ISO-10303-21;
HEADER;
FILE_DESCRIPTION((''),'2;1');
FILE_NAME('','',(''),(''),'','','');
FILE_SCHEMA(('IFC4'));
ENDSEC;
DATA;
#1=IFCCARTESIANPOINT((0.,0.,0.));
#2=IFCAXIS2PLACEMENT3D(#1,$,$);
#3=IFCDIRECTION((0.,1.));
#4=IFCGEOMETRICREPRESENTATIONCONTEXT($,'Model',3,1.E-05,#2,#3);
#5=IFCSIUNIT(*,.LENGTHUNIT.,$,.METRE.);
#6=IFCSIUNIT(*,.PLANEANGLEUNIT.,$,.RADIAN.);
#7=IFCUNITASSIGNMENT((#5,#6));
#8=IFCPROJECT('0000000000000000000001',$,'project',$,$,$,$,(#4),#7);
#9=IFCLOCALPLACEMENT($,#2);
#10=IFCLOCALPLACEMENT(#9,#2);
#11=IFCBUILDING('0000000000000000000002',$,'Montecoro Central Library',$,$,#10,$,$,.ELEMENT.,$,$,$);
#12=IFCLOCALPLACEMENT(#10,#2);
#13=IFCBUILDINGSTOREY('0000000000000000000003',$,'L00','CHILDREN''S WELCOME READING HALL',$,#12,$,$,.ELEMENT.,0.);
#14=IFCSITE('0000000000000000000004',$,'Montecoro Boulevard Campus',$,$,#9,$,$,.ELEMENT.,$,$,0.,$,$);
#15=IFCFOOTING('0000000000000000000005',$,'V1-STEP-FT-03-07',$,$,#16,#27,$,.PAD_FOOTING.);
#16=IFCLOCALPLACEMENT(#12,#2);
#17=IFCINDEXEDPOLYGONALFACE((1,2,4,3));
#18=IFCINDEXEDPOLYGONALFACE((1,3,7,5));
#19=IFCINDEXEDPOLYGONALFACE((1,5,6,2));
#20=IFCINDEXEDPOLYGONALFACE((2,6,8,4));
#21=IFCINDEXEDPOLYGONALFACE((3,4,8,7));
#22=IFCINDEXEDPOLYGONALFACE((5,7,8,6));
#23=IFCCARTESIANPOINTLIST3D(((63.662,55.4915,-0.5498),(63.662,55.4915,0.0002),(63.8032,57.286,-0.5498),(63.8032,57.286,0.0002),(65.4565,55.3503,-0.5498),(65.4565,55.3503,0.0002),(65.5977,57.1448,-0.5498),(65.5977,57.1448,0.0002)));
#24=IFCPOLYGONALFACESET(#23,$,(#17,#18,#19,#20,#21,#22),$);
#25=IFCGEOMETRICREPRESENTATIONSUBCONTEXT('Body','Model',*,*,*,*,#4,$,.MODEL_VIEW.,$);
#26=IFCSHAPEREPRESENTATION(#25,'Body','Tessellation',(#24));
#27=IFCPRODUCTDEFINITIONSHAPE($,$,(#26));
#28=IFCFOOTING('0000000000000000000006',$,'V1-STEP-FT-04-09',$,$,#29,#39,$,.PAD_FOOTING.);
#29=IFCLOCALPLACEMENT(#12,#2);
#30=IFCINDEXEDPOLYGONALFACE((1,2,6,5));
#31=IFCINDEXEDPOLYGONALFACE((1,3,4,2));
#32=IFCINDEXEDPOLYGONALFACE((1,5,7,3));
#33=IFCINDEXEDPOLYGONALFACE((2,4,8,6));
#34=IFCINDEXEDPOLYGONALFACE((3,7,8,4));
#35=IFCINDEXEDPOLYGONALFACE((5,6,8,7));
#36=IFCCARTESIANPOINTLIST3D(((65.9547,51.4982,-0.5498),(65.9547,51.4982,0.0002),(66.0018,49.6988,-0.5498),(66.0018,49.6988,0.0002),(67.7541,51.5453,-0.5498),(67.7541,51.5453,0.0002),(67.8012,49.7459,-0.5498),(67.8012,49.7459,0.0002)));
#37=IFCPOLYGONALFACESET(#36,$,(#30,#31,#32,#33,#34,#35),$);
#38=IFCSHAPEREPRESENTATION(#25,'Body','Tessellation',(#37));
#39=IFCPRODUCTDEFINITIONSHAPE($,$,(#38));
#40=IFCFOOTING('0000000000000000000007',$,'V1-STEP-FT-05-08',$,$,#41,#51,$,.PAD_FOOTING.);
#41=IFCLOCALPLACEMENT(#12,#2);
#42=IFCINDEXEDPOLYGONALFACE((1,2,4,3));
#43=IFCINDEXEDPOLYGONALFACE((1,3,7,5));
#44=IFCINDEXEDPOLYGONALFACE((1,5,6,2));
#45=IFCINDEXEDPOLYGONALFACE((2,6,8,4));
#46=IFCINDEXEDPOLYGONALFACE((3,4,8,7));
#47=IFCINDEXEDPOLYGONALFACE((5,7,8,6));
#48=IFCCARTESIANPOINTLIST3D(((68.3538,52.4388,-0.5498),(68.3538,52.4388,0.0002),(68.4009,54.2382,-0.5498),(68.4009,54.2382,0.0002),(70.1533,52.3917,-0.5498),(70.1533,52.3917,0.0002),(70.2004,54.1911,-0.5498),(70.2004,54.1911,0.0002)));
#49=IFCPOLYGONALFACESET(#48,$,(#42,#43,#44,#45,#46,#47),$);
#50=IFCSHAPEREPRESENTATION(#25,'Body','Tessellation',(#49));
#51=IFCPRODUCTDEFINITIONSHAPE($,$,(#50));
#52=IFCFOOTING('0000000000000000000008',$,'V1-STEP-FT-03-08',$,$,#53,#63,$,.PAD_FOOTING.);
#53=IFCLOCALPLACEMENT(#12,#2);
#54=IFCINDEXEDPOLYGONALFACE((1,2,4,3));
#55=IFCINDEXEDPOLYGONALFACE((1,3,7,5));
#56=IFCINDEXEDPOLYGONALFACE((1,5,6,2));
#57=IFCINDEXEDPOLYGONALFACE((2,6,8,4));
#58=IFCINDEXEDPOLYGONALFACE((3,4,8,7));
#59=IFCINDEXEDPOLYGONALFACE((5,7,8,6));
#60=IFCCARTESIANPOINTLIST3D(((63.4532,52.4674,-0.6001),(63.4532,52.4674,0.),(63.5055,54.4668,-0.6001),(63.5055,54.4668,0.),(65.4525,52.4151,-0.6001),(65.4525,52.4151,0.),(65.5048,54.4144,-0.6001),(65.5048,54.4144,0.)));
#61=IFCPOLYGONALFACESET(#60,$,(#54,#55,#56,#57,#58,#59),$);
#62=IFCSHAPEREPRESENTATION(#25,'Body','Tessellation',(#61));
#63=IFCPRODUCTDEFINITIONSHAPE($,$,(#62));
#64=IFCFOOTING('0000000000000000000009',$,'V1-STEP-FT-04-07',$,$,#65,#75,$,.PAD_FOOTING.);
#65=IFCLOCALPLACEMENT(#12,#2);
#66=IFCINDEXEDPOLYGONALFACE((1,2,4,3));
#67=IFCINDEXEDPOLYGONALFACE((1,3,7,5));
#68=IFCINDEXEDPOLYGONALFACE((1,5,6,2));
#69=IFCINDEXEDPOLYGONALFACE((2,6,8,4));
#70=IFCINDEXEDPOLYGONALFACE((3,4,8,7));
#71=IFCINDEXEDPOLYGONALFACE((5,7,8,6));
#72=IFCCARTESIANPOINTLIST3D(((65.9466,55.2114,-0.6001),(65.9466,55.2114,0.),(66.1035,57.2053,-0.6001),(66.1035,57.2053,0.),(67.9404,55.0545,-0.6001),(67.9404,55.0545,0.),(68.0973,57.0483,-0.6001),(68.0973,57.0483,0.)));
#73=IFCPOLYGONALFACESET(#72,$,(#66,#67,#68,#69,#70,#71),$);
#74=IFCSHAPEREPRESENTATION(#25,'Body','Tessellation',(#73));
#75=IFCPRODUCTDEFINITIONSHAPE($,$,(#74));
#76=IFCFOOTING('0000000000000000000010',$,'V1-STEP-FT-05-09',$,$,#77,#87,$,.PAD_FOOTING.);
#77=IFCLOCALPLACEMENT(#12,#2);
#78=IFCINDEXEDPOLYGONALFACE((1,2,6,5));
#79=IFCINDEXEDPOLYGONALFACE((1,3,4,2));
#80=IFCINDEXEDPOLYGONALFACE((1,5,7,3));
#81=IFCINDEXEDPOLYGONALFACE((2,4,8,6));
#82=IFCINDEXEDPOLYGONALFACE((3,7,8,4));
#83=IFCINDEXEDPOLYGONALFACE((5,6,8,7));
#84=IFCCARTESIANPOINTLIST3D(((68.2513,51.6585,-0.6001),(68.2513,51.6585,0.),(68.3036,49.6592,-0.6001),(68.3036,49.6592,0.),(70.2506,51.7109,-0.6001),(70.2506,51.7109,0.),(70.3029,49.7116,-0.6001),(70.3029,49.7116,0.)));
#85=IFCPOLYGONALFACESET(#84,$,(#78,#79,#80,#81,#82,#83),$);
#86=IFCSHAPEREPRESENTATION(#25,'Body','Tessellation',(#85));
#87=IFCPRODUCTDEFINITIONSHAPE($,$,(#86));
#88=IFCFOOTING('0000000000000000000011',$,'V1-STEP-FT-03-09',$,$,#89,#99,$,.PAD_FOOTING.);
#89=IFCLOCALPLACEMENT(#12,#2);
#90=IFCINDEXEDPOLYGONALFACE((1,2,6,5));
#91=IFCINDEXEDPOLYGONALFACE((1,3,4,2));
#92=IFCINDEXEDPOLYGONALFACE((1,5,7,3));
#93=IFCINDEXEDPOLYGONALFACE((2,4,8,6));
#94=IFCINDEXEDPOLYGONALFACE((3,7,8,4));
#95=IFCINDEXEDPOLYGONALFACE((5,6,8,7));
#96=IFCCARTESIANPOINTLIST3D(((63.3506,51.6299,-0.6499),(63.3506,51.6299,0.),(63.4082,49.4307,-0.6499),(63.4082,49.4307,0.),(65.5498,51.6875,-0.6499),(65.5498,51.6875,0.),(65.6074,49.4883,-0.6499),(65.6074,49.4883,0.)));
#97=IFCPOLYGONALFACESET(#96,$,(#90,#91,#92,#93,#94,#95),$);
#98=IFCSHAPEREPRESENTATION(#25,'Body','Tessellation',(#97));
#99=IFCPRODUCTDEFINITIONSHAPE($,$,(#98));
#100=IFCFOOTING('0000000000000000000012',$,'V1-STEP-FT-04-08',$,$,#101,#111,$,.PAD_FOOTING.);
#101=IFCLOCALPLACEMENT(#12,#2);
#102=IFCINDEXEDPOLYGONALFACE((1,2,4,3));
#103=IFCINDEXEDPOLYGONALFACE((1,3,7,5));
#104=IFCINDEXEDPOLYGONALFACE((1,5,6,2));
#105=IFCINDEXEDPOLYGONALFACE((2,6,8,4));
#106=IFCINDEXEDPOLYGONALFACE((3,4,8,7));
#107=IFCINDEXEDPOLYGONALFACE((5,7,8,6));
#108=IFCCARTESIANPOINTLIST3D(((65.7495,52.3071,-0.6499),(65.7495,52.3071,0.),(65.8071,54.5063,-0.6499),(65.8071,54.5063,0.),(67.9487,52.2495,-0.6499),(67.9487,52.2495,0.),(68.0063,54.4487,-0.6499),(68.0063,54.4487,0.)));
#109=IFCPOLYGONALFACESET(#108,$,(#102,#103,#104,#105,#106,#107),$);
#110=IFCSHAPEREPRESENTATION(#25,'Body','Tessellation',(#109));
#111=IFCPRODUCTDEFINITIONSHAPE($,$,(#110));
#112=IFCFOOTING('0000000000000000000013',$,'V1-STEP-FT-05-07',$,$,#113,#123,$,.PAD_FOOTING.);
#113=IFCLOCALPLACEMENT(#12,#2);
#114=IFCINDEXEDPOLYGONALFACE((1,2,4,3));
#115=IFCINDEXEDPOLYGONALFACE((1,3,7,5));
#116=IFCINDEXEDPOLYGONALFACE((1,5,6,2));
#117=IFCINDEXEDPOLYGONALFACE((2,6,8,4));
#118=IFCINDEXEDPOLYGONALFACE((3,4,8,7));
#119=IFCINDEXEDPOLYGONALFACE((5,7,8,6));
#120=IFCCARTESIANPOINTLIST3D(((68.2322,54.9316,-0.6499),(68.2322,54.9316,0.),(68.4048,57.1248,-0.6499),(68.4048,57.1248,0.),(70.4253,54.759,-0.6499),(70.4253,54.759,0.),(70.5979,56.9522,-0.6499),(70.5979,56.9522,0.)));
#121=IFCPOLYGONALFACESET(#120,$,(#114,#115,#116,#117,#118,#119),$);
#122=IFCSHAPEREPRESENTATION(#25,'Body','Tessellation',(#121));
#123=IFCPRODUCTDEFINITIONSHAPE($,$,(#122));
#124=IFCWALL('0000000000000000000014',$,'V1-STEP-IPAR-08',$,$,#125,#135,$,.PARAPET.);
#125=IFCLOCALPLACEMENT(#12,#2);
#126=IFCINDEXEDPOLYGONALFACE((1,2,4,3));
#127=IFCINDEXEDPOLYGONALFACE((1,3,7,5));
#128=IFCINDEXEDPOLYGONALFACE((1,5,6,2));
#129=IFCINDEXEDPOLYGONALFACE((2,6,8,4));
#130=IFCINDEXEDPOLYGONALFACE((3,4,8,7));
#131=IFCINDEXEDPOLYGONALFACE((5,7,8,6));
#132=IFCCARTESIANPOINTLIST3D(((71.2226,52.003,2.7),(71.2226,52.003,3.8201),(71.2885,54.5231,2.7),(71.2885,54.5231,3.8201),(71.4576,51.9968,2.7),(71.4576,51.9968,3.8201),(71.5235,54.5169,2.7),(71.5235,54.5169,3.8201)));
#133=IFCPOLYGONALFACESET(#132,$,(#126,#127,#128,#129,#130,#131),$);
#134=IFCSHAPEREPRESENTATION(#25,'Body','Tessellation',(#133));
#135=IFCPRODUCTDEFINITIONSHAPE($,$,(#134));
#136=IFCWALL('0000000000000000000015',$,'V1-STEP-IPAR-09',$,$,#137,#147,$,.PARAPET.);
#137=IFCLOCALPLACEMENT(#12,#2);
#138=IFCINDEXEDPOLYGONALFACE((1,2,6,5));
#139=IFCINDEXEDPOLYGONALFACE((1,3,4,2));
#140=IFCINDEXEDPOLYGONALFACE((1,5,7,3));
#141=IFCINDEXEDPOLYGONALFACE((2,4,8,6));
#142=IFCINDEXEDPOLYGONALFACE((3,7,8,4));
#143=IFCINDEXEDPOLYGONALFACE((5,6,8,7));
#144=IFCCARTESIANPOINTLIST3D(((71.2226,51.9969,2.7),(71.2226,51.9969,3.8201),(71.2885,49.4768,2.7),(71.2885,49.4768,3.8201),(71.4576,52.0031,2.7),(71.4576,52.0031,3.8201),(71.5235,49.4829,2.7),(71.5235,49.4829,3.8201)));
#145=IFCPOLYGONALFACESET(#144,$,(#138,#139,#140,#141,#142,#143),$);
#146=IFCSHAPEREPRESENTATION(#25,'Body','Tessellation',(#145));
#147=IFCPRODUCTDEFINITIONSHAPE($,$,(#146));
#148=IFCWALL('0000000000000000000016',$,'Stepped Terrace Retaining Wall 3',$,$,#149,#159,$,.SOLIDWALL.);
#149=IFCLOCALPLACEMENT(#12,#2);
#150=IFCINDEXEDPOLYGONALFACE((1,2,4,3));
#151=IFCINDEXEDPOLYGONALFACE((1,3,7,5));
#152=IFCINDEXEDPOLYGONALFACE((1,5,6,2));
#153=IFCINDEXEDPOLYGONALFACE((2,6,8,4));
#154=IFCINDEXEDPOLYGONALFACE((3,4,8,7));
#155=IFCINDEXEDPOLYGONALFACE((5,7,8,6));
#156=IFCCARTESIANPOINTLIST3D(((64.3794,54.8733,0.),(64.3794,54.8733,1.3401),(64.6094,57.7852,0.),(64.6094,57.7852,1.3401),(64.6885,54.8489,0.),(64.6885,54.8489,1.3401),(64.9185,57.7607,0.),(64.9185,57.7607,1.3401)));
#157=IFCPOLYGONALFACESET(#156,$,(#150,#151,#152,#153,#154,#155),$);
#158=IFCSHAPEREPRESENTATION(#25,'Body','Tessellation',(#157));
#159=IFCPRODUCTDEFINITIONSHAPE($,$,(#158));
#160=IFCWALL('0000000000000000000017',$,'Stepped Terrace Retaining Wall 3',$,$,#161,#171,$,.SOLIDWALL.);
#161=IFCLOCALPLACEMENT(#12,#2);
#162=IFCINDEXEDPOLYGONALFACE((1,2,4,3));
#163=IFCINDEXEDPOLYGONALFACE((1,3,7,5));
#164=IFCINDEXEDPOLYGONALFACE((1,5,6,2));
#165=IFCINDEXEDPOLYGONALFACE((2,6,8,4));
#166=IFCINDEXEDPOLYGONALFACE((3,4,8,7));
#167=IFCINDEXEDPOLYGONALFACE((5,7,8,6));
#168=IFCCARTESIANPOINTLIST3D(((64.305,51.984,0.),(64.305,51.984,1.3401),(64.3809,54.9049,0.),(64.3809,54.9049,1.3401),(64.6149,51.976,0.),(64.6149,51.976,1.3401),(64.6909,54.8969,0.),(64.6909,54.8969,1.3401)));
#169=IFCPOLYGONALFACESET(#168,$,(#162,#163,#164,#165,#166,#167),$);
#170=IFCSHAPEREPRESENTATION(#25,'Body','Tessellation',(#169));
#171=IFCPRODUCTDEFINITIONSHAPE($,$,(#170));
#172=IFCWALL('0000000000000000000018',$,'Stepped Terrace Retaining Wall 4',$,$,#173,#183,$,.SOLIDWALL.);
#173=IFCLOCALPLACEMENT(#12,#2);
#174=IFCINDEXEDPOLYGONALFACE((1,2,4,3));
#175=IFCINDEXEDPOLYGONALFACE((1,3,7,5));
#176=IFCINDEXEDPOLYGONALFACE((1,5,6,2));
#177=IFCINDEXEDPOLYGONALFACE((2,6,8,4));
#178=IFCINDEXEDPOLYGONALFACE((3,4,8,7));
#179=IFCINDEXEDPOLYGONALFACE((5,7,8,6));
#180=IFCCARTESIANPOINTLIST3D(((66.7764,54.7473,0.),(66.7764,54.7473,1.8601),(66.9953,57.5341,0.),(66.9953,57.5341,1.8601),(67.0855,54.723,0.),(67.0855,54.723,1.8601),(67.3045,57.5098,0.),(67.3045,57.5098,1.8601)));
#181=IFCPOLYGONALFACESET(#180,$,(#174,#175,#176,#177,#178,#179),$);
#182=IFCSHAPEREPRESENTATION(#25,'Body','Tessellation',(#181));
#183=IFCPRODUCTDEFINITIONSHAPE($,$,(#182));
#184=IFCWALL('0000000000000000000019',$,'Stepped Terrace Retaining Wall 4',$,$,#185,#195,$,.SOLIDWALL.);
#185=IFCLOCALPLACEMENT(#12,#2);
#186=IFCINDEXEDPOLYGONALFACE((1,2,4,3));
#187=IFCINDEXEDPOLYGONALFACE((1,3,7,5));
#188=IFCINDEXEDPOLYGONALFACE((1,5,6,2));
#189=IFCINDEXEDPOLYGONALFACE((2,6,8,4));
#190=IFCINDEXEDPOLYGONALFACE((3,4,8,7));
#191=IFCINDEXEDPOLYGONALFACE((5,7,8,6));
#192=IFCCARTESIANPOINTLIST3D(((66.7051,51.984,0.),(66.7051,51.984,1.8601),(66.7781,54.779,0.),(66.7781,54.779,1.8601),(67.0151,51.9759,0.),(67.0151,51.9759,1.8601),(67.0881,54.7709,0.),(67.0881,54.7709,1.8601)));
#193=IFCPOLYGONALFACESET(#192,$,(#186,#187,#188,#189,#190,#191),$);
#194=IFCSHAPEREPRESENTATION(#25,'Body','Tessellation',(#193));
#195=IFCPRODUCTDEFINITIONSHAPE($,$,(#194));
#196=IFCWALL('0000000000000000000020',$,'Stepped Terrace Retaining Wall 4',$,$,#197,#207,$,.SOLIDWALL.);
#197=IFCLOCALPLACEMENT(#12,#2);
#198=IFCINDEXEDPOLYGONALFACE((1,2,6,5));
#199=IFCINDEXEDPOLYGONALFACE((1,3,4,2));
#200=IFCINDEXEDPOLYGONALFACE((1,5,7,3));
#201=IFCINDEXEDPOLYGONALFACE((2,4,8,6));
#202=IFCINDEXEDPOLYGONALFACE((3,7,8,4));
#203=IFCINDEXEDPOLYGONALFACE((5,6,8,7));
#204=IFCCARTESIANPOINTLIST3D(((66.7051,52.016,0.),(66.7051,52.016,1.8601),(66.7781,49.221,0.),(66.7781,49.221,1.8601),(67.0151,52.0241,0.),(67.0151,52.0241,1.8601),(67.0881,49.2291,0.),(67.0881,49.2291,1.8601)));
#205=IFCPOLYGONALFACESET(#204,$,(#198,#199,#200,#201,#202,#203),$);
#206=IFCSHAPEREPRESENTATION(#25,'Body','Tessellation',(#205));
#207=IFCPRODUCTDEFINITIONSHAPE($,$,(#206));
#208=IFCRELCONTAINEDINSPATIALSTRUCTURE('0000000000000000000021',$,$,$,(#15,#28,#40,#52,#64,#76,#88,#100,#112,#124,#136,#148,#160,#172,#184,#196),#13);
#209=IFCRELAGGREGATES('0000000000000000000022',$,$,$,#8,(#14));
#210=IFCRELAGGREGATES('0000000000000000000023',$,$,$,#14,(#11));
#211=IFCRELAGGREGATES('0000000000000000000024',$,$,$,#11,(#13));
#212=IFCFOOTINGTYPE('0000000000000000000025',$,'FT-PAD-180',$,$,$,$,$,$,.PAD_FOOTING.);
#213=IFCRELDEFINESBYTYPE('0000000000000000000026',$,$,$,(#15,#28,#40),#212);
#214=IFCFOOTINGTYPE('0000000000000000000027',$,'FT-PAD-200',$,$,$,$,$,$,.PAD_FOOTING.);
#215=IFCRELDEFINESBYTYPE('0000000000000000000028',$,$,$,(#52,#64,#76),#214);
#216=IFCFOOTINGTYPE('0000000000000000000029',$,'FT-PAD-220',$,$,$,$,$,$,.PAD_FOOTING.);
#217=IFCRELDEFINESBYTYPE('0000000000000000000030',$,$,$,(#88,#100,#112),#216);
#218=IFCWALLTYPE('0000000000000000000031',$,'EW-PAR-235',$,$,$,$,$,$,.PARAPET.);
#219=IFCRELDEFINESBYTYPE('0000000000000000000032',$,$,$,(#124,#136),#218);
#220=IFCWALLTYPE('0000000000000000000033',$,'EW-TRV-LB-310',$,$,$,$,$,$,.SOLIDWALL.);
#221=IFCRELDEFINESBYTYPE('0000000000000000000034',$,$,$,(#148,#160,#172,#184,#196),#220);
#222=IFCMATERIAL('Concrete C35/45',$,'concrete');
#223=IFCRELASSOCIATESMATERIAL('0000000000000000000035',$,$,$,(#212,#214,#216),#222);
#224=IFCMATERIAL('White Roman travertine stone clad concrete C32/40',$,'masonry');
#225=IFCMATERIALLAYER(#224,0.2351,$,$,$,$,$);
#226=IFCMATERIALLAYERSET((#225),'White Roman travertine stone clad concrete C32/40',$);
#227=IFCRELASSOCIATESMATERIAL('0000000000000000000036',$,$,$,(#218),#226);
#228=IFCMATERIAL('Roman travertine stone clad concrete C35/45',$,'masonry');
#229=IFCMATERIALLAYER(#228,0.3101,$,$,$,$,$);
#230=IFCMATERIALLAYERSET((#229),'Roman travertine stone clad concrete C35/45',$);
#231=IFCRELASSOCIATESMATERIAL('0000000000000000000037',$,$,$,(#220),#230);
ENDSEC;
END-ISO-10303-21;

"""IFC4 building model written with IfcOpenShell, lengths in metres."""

from ifc_helpers import new_model, si_unit, direction, frame, frame_2d, origin, origin_2d, place, context, subcontext, project, spatial, rectangle, extrude, material, layer, layer_set, type_object, element, save


model = new_model("IFC4")

# Units and contexts
model_context = context("Model", 3, precision=1e-05, world=origin(), true_north=direction((0.0, 1.0)))
body_context = subcontext(model_context, "Body", "Model", "MODEL_VIEW")
ifc_project = project(units=[si_unit("LENGTHUNIT", "METRE"), si_unit("PLANEANGLEUNIT", "RADIAN")], contexts=[model_context])

# Site, building, storey
site_placement = place(None, origin())
site = spatial("IfcSite", under=ifc_project, at=site_placement, Name="Montecoro Boulevard Campus", CompositionType="ELEMENT", RefElevation=0.0)
building_placement = place(site_placement, origin())
building = spatial("IfcBuilding", under=site, at=building_placement, Name="Montecoro Central Library", CompositionType="ELEMENT")
storey_placement = place(building_placement, origin())
storey = spatial("IfcBuildingStorey", under=building, at=storey_placement, Name="L00", Description="CHILDREN'S WELCOME READING HALL", CompositionType="ELEMENT", Elevation=0.0)

# Footings
ifc_material_1 = material(Name="Concrete C35/45", Category="concrete")
footing_type_1 = type_object("IfcFootingType", Name="FT-PAD-180", PredefinedType="PAD_FOOTING", material=ifc_material_1)
for number, where, z_axis, x_axis, name in (
    (1, (64.6299, 56.3181, -0.5498), (0.0, 0.0, 1.0), (-0.078459, -0.996917, 0.0), "V1-STEP-FT-03-07"),
    (2, (66.8779, 50.6221, -0.5498), (0.0, 0.0, 1.0), (0.026177, -0.999657, 0.0), "V1-STEP-FT-04-09"),
    (3, (69.2771, 53.3149, -0.5498), (0.0, 0.0, 1.0), (-0.026177, -0.999657, 0.0), "V1-STEP-FT-05-08"),
):
    element("IfcFooting", number, at=place(storey_placement, frame(where, z_axis=z_axis, x_axis=x_axis)), inside=storey, type_object=footing_type_1, Name=name, PredefinedType="PAD_FOOTING", context=body_context, shape_type="SweptSolid", body=[
        extrude(rectangle(XDim=1.8, YDim=1.8, at=origin_2d()), origin(), (0.0, 0.0, 1.0), 0.55),
    ])
footing_type_2 = type_object("IfcFootingType", Name="FT-PAD-200", PredefinedType="PAD_FOOTING", material=ifc_material_1)
for number, where, z_axis, x_axis, name in (
    (4, (64.479, 53.4409, -0.6001), (0.0, 0.0, 1.0), (-0.026177, -0.999657, 0.0), "V1-STEP-FT-03-08"),
    (5, (67.022, 56.1299, -0.6001), (0.0, 0.0, 1.0), (-0.078459, -0.996917, 0.0), "V1-STEP-FT-04-07"),
    (6, (69.2771, 50.6851, -0.6001), (0.0, 0.0, 1.0), (0.026177, -0.999657, 0.0), "V1-STEP-FT-05-09"),
):
    element("IfcFooting", number, at=place(storey_placement, frame(where, z_axis=z_axis, x_axis=x_axis)), inside=storey, type_object=footing_type_2, Name=name, PredefinedType="PAD_FOOTING", context=body_context, shape_type="SweptSolid", body=[
        extrude(rectangle(XDim=2.0, YDim=2.0, at=origin_2d()), origin(), (0.0, 0.0, 1.0), 0.6001),
    ])
footing_type_3 = type_object("IfcFootingType", Name="FT-PAD-220", PredefinedType="PAD_FOOTING", material=ifc_material_1)
for number, where, z_axis, x_axis, name in (
    (7, (64.479, 50.5591, -0.6499), (0.0, 0.0, 1.0), (0.026177, -0.999657, 0.0), "V1-STEP-FT-03-09"),
    (8, (66.8779, 53.3779, -0.6499), (0.0, 0.0, 1.0), (-0.026177, -0.999657, 0.0), "V1-STEP-FT-04-08"),
    (9, (69.415, 55.9419, -0.6499), (0.0, 0.0, 1.0), (-0.078459, -0.996917, 0.0), "V1-STEP-FT-05-07"),
):
    element("IfcFooting", number, at=place(storey_placement, frame(where, z_axis=z_axis, x_axis=x_axis)), inside=storey, type_object=footing_type_3, Name=name, PredefinedType="PAD_FOOTING", context=body_context, shape_type="SweptSolid", body=[
        extrude(rectangle(XDim=2.2, YDim=2.2, at=origin_2d()), origin(), (0.0, 0.0, 1.0), 0.6499),
    ])

# Walls
ifc_material_2 = material(Name="White Roman travertine stone clad concrete C32/40", Category="masonry")
ifc_layer_1 = layer(ifc_material_2, 0.2351)
ifc_layer_set_1 = layer_set([ifc_layer_1], Name="White Roman travertine stone clad concrete C32/40")
wall_type_1 = type_object("IfcWallType", Name="EW-PAR-235", PredefinedType="PARAPET", material=ifc_layer_set_1)
for number, where, z_axis, x_axis, name in (
    (10, (71.406, 54.52, 2.7), (0.0, 0.0, 1.0), (-0.026149, -0.999658, 0.0), "V1-STEP-IPAR-08"),
    (11, (71.3401, 52.0, 2.7), (0.0, 0.0, 1.0), (0.026149, -0.999658, 0.0), "V1-STEP-IPAR-09"),
):
    element("IfcWall", number, at=place(storey_placement, frame(where, z_axis=z_axis, x_axis=x_axis)), inside=storey, type_object=wall_type_1, Name=name, PredefinedType="PARAPET", context=body_context, shape_type="SweptSolid", body=[
        extrude(rectangle(XDim=2.521, YDim=0.2351, at=frame_2d((1.2605, 0.0))), origin(), (0.0, 0.0, 1.0), 1.1201),
    ])
ifc_material_3 = material(Name="Roman travertine stone clad concrete C35/45", Category="masonry")
ifc_layer_2 = layer(ifc_material_3, 0.3101)
ifc_layer_set_2 = layer_set([ifc_layer_2], Name="Roman travertine stone clad concrete C35/45")
wall_type_2 = type_object("IfcWallType", Name="EW-TRV-LB-310", PredefinedType="SOLIDWALL", material=ifc_layer_set_2)
wall_1_placement = place(storey_placement, frame((64.7639, 57.7729, 0.0), z_axis=(0.0, 0.0, 1.0), x_axis=(-0.078735, -0.996896, 0.0)))
element("IfcWall", 12, at=wall_1_placement, inside=storey, type_object=wall_type_2, Name="Stepped Terrace Retaining Wall 3", PredefinedType="SOLIDWALL", context=body_context, shape_type="SweptSolid", body=[
    extrude(rectangle(XDim=2.9209, YDim=0.3101, at=frame_2d((1.4604, 0.0))), origin(), (0.0, 0.0, 1.0), 1.3401),
])
wall_2_placement = place(storey_placement, frame((64.5359, 54.9009, 0.0), z_axis=(0.0, 0.0, 1.0), x_axis=(-0.025986, -0.999662, 0.0)))
element("IfcWall", 13, at=wall_2_placement, inside=storey, type_object=wall_type_2, Name="Stepped Terrace Retaining Wall 3", PredefinedType="SOLIDWALL", context=body_context, shape_type="SweptSolid", body=[
    extrude(rectangle(XDim=2.9219, YDim=0.3101, at=frame_2d((1.4609, 0.0))), origin(), (0.0, 0.0, 1.0), 1.3401),
])
wall_3_placement = place(storey_placement, frame((67.1499, 57.522, 0.0), z_axis=(0.0, 0.0, 1.0), x_axis=(-0.078339, -0.996927, 0.0)))
element("IfcWall", 14, at=wall_3_placement, inside=storey, type_object=wall_type_2, Name="Stepped Terrace Retaining Wall 4", PredefinedType="SOLIDWALL", context=body_context, shape_type="SweptSolid", body=[
    extrude(rectangle(XDim=2.7954, YDim=0.3101, at=frame_2d((1.3977, 0.0))), origin(), (0.0, 0.0, 1.0), 1.8601),
])
for number, where, z_axis, x_axis, name in (
    (15, (66.9331, 54.7749, 0.0), (0.0, 0.0, 1.0), (-0.026109, -0.999659, 0.0), "Stepped Terrace Retaining Wall 4"),
    (16, (66.8601, 52.02, 0.0), (0.0, 0.0, 1.0), (0.026109, -0.999659, 0.0), "Stepped Terrace Retaining Wall 4"),
):
    element("IfcWall", number, at=place(storey_placement, frame(where, z_axis=z_axis, x_axis=x_axis)), inside=storey, type_object=wall_type_2, Name=name, PredefinedType="SOLIDWALL", context=body_context, shape_type="SweptSolid", body=[
        extrude(rectangle(XDim=2.7959, YDim=0.3101, at=frame_2d((1.3979, 0.0))), origin(), (0.0, 0.0, 1.0), 1.8601),
    ])

save(model, "model.ifc")
